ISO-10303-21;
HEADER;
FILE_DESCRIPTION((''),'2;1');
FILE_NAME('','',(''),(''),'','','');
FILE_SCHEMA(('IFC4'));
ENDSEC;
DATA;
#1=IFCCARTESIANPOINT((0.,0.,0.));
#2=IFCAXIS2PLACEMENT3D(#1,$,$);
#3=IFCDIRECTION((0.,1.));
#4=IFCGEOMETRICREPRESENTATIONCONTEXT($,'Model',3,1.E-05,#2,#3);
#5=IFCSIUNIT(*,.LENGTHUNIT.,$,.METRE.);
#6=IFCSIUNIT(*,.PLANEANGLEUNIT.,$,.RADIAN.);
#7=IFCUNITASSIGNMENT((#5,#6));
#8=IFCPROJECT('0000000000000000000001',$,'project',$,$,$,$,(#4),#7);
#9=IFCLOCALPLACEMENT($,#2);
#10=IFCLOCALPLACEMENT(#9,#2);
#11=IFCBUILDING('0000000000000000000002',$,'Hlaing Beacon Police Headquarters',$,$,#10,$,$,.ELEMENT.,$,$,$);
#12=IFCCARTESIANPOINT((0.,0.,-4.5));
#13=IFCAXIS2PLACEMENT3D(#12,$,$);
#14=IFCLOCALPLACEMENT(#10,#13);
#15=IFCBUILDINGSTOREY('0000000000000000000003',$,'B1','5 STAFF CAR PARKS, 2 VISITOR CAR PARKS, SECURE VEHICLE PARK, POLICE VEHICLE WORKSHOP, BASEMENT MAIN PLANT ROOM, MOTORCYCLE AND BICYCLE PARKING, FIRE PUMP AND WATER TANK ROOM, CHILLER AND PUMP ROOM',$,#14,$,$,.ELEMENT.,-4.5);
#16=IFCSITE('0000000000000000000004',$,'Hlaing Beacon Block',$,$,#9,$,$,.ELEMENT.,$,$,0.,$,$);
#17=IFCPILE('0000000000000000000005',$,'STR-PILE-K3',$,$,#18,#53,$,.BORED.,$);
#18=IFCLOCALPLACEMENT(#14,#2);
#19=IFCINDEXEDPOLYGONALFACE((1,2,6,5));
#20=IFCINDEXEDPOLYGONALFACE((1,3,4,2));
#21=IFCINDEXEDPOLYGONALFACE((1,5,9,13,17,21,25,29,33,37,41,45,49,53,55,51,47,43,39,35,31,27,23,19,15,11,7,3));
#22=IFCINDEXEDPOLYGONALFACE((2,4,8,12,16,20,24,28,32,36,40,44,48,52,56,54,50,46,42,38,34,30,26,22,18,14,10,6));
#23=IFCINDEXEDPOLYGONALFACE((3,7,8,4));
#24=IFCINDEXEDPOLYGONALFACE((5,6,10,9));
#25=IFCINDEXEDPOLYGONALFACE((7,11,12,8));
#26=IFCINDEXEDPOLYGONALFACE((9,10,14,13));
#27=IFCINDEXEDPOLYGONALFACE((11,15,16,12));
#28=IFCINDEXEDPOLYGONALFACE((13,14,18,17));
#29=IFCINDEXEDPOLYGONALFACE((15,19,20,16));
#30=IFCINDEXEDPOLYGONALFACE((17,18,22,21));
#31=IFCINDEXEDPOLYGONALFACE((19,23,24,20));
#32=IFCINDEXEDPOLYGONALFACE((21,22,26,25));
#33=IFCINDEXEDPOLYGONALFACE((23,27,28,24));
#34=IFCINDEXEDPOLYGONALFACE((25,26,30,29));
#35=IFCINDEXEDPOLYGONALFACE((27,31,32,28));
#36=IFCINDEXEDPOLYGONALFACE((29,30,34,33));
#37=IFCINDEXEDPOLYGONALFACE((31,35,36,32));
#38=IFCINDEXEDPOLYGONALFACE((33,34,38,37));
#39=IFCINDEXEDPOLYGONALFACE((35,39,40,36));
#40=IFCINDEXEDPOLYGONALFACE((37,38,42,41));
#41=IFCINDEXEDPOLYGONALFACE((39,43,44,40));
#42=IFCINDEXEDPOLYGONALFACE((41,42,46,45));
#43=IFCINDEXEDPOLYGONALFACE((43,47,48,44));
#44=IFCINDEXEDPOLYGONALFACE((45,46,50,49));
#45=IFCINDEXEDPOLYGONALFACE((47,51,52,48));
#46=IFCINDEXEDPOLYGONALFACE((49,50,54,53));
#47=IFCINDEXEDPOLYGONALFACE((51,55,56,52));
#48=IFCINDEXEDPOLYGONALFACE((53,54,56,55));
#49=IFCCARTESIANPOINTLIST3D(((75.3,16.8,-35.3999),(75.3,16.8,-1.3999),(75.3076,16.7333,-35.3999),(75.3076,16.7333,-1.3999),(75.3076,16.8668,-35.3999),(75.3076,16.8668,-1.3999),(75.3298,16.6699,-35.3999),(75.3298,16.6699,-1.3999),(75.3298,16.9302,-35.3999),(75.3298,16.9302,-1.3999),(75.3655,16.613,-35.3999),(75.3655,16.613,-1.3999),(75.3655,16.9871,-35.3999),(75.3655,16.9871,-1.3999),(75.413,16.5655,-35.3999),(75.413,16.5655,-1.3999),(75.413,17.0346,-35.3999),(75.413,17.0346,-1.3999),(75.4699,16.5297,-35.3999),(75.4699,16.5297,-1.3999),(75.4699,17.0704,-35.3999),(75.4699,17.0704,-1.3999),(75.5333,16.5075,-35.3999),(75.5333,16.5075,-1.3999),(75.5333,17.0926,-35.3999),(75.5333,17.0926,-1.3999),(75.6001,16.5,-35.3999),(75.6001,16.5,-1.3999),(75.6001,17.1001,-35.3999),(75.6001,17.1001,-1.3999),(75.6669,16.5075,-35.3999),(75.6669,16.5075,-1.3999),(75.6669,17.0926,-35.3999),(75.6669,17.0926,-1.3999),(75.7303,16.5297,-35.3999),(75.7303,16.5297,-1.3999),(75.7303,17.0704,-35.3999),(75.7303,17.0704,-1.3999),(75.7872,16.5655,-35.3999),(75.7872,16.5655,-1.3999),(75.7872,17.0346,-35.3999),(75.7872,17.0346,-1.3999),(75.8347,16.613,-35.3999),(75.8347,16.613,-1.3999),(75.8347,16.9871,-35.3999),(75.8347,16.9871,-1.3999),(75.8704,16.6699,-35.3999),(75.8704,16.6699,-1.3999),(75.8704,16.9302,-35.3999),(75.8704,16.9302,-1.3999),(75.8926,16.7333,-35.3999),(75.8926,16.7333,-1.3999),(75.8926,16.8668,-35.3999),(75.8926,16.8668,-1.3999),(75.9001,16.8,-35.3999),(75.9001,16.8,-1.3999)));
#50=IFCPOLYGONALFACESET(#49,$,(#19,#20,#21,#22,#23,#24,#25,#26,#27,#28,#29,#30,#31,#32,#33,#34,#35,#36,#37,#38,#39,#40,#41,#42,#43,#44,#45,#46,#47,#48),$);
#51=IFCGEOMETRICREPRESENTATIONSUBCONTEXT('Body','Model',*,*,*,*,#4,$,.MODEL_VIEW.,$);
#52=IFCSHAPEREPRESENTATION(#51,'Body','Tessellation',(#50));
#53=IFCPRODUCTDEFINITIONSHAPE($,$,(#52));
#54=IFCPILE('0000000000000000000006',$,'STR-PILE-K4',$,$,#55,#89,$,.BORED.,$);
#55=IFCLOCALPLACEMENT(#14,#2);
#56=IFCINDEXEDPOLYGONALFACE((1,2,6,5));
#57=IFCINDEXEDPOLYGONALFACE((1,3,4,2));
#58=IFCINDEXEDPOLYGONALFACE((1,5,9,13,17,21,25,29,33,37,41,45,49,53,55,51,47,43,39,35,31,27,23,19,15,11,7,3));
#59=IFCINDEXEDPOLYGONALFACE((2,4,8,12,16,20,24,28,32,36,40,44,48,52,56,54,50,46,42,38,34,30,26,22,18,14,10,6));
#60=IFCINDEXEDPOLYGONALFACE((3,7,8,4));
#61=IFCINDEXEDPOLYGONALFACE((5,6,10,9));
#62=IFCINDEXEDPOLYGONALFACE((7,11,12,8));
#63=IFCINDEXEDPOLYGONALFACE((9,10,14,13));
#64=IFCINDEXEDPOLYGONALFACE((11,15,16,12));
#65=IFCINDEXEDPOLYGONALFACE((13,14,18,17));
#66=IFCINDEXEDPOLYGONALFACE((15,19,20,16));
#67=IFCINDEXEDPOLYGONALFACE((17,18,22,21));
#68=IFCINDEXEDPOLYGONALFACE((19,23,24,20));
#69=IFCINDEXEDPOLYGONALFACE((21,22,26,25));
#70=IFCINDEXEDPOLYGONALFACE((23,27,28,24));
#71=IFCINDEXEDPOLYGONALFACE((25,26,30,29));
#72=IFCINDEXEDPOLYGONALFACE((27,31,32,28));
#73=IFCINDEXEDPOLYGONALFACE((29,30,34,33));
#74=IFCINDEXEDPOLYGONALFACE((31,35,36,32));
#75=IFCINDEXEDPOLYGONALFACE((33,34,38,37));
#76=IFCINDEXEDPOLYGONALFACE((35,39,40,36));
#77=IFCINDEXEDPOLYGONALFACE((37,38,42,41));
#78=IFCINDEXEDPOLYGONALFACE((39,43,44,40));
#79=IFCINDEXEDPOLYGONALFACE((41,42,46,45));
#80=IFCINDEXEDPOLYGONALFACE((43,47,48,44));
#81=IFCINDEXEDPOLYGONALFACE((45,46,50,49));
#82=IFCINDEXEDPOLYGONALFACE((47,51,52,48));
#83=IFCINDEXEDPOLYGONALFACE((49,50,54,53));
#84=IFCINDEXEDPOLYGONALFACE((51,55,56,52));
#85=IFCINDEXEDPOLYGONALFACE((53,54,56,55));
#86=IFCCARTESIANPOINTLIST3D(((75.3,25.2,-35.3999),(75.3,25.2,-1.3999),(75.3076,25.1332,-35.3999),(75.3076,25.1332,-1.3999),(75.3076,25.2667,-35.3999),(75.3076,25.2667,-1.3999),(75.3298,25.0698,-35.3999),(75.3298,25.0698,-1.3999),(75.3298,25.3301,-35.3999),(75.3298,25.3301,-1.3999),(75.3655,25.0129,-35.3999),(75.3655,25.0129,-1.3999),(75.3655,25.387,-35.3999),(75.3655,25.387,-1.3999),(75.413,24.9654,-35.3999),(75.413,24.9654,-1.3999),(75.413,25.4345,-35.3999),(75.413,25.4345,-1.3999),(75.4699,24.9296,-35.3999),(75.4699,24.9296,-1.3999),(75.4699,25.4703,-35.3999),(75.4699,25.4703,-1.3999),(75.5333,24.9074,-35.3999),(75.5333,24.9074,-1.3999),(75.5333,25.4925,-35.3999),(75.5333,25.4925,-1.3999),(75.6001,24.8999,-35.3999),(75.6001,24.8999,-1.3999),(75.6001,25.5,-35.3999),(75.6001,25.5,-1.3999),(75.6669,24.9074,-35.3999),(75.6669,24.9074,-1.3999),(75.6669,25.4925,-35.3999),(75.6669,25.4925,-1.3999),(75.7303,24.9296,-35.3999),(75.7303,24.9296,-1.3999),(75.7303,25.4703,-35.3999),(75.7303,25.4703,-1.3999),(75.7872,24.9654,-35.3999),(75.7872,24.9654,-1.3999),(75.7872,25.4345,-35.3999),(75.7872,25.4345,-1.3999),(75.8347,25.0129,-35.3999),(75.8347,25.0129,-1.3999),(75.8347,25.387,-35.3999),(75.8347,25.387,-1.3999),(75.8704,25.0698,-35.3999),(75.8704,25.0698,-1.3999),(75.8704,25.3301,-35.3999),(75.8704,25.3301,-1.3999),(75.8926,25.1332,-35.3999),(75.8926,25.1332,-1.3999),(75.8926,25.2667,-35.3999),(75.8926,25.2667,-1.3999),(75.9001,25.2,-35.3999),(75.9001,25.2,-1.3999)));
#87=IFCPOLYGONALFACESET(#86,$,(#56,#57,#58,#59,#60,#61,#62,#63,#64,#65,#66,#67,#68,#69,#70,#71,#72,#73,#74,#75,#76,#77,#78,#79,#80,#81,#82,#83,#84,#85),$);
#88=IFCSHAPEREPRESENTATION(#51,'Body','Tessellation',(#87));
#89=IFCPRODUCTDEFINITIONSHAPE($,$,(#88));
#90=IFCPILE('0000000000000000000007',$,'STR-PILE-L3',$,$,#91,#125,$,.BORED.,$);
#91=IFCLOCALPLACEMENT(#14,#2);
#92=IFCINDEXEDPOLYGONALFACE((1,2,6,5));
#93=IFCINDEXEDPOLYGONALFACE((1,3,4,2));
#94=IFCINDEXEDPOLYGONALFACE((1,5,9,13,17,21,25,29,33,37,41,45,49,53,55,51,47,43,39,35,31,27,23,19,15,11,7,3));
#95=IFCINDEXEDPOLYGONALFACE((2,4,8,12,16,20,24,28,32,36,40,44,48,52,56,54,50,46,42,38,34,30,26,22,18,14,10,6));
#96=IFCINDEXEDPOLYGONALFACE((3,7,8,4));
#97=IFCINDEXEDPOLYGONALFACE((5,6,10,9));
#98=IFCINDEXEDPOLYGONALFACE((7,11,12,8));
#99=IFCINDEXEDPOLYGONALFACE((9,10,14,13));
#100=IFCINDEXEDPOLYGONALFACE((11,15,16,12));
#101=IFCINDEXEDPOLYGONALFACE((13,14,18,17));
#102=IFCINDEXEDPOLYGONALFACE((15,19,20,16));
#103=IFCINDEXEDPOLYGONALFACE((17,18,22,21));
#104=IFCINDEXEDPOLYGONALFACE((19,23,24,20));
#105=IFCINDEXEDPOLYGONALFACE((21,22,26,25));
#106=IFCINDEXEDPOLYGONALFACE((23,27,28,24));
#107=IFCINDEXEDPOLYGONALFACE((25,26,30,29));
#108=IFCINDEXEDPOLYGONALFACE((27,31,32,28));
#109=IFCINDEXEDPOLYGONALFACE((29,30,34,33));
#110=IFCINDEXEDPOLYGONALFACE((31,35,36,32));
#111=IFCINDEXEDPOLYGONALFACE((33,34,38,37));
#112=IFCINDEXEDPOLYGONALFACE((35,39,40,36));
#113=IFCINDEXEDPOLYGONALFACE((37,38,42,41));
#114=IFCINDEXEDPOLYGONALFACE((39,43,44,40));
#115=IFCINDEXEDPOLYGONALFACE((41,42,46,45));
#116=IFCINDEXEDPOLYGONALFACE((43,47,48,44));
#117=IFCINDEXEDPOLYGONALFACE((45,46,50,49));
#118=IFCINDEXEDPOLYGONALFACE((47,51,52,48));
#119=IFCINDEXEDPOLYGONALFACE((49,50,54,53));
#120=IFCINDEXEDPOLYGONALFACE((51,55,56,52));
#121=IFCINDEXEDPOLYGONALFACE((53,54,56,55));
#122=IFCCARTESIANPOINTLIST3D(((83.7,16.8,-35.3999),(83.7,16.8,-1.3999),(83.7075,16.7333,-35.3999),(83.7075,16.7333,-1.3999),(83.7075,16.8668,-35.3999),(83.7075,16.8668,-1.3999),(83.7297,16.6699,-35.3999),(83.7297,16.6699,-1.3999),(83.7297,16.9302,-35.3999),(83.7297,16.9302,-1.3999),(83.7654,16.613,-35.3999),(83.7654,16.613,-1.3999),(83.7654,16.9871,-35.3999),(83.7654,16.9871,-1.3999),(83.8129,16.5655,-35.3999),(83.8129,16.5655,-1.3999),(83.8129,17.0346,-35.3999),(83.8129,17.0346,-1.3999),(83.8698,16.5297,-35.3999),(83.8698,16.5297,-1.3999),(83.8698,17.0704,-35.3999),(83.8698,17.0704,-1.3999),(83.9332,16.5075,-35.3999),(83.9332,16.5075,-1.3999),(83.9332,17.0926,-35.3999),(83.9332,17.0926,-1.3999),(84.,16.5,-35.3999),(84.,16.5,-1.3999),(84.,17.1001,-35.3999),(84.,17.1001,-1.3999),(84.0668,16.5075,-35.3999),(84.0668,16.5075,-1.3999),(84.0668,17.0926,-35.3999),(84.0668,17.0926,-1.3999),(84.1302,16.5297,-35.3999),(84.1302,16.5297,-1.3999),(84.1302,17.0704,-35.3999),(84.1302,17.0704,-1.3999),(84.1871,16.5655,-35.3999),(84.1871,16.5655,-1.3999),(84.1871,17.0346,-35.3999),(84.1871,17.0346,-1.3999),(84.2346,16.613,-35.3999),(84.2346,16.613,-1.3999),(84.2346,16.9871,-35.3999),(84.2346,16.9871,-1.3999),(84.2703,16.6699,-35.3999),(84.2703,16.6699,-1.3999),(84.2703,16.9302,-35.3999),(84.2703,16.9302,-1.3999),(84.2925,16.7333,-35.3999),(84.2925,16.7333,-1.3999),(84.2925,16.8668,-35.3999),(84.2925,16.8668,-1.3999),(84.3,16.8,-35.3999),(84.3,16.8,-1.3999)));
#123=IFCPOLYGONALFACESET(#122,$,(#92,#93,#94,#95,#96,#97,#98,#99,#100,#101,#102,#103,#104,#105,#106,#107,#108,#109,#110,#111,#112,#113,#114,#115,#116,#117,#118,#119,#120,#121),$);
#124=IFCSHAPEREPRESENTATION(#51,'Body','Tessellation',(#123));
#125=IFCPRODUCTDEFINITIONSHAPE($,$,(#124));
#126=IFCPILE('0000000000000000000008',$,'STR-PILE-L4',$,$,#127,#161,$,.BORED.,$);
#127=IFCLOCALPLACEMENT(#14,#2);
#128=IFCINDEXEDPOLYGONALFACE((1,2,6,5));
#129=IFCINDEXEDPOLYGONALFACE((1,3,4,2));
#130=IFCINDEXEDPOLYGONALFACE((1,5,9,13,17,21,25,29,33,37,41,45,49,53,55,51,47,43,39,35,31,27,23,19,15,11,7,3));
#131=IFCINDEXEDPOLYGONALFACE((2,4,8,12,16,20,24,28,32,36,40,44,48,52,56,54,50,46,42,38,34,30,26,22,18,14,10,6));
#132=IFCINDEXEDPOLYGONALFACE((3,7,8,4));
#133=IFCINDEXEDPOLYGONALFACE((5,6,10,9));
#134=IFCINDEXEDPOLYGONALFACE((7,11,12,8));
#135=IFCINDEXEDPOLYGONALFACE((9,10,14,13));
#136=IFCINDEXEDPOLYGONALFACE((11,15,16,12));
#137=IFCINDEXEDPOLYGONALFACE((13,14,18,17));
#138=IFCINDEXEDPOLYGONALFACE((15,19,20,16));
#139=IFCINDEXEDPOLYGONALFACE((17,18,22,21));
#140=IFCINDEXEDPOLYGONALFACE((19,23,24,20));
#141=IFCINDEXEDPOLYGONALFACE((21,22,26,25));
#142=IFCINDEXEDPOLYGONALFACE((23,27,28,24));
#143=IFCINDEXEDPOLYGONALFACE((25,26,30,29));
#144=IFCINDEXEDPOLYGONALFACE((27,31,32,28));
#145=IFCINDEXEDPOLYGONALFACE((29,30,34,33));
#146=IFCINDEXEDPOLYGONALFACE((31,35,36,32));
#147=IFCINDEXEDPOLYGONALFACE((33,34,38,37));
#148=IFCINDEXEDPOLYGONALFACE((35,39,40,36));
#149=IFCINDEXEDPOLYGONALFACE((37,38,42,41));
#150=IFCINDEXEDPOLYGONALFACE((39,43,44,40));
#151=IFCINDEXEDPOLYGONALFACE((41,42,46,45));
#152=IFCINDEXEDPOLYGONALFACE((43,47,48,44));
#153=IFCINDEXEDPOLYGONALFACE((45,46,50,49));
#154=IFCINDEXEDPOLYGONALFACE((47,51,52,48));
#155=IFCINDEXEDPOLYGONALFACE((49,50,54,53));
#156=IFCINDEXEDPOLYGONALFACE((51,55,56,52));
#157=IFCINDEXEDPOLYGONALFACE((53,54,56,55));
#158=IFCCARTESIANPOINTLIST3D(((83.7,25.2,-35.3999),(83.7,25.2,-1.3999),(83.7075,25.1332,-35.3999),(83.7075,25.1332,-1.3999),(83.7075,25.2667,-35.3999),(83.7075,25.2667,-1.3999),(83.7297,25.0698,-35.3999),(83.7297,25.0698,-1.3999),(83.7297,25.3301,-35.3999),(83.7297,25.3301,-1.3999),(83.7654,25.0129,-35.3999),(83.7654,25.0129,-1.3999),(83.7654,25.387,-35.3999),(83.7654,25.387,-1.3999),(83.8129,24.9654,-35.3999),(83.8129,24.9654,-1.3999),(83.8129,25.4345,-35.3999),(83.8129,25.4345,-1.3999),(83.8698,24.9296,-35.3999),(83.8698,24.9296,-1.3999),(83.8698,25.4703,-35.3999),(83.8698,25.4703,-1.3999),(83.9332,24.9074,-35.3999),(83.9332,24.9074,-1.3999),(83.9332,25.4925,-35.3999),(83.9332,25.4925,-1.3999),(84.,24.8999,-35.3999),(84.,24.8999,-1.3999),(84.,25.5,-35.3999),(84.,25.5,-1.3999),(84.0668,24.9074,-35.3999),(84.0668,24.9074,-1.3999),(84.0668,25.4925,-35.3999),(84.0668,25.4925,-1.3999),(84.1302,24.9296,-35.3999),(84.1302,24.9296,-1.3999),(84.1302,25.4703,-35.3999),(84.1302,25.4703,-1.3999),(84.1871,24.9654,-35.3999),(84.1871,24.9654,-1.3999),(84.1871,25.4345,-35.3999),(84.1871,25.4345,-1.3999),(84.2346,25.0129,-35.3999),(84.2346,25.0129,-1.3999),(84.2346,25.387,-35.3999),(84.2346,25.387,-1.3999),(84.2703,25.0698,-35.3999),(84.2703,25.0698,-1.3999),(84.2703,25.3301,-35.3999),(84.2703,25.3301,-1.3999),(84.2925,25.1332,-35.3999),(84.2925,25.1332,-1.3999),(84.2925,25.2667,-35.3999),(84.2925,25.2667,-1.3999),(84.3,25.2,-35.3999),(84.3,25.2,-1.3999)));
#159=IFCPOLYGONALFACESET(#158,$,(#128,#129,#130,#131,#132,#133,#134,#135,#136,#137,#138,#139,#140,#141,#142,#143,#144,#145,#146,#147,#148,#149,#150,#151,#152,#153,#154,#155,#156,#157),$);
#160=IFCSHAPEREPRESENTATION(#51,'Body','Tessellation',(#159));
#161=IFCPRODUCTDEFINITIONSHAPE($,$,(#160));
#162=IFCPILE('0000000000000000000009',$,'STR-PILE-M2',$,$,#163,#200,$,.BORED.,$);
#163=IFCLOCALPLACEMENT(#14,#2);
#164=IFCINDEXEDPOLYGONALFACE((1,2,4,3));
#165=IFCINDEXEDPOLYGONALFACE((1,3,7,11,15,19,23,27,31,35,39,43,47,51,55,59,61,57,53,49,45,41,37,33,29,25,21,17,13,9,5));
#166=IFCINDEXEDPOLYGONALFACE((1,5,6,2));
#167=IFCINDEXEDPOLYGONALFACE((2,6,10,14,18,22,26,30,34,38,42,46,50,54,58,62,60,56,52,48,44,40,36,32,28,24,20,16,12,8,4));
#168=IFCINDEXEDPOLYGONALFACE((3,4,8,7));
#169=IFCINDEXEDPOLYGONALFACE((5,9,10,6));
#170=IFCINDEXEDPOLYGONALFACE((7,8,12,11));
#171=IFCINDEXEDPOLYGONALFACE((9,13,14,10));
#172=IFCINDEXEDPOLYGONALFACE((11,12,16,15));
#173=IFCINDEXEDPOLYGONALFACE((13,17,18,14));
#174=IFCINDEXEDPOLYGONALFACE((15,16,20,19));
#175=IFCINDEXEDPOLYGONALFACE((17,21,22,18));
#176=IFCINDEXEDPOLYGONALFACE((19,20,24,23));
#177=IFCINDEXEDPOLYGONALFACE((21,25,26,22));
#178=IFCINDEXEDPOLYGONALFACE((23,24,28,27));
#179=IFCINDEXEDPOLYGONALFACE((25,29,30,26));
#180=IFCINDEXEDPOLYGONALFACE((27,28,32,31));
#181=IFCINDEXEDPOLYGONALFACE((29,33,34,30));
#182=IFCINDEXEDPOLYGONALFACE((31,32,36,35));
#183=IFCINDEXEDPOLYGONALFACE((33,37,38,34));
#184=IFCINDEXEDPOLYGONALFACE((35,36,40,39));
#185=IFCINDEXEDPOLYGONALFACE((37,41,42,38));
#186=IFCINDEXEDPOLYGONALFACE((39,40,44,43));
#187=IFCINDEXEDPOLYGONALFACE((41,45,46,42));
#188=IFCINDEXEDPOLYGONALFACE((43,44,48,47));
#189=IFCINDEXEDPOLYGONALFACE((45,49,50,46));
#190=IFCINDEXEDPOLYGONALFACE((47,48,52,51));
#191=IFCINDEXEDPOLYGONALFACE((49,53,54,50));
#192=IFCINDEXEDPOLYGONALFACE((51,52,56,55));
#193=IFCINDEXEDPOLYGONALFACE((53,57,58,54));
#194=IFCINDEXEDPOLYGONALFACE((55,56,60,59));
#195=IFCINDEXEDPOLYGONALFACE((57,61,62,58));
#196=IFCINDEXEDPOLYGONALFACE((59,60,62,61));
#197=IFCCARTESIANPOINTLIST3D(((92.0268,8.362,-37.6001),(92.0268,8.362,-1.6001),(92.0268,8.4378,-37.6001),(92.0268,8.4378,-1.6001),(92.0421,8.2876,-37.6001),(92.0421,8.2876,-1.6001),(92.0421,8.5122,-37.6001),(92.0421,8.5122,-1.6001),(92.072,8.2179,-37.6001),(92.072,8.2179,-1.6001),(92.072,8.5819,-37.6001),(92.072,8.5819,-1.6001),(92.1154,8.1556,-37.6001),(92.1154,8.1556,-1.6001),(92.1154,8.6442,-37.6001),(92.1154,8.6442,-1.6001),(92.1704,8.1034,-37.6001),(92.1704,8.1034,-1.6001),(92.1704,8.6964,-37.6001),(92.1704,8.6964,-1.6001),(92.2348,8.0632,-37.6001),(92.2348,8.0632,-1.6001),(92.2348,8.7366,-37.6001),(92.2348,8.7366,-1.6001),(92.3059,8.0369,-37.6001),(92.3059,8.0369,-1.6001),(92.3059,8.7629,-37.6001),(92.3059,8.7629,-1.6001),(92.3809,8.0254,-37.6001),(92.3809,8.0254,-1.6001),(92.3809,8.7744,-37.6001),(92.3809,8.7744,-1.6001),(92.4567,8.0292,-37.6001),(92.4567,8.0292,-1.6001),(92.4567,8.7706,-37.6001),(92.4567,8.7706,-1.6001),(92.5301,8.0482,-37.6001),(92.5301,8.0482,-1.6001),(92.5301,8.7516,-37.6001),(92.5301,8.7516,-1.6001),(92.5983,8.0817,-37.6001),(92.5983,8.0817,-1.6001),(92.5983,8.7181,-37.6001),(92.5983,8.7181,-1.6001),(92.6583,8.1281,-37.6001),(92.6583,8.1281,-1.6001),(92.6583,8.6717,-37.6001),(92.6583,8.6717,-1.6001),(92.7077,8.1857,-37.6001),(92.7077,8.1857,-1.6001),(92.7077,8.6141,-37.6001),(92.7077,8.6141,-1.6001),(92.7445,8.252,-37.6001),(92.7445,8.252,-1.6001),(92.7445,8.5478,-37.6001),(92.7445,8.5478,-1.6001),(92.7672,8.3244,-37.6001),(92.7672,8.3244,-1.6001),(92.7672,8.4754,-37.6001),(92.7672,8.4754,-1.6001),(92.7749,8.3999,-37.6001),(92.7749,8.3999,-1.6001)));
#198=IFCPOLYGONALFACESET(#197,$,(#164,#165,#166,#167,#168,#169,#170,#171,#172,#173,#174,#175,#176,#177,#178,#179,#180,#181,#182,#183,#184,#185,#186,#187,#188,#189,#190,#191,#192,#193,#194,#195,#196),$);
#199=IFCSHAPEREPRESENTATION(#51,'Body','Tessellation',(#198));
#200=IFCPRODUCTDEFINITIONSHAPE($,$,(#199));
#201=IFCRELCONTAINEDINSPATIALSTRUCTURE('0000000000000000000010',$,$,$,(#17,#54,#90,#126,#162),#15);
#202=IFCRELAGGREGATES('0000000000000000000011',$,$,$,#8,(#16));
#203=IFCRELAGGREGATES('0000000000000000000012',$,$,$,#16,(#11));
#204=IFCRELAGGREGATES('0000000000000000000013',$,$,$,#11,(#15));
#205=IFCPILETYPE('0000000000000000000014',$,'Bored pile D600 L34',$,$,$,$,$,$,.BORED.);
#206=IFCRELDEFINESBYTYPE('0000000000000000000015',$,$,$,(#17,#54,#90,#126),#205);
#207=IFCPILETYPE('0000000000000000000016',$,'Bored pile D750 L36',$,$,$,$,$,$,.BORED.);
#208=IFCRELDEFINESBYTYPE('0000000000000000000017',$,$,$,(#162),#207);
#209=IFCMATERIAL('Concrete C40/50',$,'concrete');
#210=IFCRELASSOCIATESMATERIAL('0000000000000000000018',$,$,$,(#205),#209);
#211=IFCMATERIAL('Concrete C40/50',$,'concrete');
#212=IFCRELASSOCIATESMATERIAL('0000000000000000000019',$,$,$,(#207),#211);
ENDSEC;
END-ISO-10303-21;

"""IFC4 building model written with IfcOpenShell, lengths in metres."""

from ifc_helpers import new_model, si_unit, direction, frame, origin, origin_2d, place, context, subcontext, project, spatial, circle, extrude, material, material_profile, profile_set, type_object, element, save


model = new_model("IFC4")

# Units and contexts
model_context = context("Model", 3, precision=1e-05, world=origin(), true_north=direction((0.0, 1.0)))
body_context = subcontext(model_context, "Body", "Model", "MODEL_VIEW")
ifc_project = project(units=[si_unit("LENGTHUNIT", "METRE"), si_unit("PLANEANGLEUNIT", "RADIAN")], contexts=[model_context])

# Site, building, storey
site_placement = place(None, origin())
site = spatial("IfcSite", under=ifc_project, at=site_placement, Name="Hlaing Beacon Block", CompositionType="ELEMENT", RefElevation=0.0)
building_placement = place(site_placement, origin())
building = spatial("IfcBuilding", under=site, at=building_placement, Name="Hlaing Beacon Police Headquarters", CompositionType="ELEMENT")
storey_placement = place(building_placement, frame((0.0, 0.0, -4.5)))
storey = spatial("IfcBuildingStorey", under=building, at=storey_placement, Name="B1", Description="5 STAFF CAR PARKS, 2 VISITOR CAR PARKS, SECURE VEHICLE PARK, POLICE VEHICLE WORKSHOP, BASEMENT MAIN PLANT ROOM, MOTORCYCLE AND BICYCLE PARKING, FIRE PUMP AND WATER TANK ROOM, CHILLER AND PUMP ROOM", CompositionType="ELEMENT", Elevation=-4.5)

# Piles
ifc_material_1 = material(Name="Concrete C40/50", Category="concrete")
ifc_material_profile_1 = material_profile(ifc_material_1, circle(Radius=0.3, at=origin_2d()), Name="D600")
ifc_profile_set_1 = profile_set([ifc_material_profile_1], Name="Concrete C40/50")
pile_type_1 = type_object("IfcPileType", Name="Bored pile D600 L34", PredefinedType="BORED", material=ifc_profile_set_1)
for number, where, z_axis, x_axis, name in (
    (1, (75.6001, 16.8, -1.3999), (0.0, 0.0, -1.0), (1.0, 0.0, 0.0), "STR-PILE-K3"),
    (2, (75.6001, 25.2, -1.3999), (0.0, 0.0, -1.0), (1.0, 0.0, 0.0), "STR-PILE-K4"),
    (3, (84.0, 16.8, -1.3999), (0.0, 0.0, -1.0), (1.0, 0.0, 0.0), "STR-PILE-L3"),
    (4, (84.0, 25.2, -1.3999), (0.0, 0.0, -1.0), (1.0, 0.0, 0.0), "STR-PILE-L4"),
):
    element("IfcPile", number, at=place(storey_placement, frame(where, z_axis=z_axis, x_axis=x_axis)), inside=storey, type_object=pile_type_1, Name=name, PredefinedType="BORED", context=body_context, shape_type="SweptSolid", body=[
        extrude(circle(Radius=0.3, at=origin_2d()), origin(), (0.0, 0.0, 1.0), 34.0),
    ])
ifc_material_2 = material(Name="Concrete C40/50", Category="concrete")
ifc_material_profile_2 = material_profile(ifc_material_2, circle(Radius=0.375, at=origin_2d()), Name="D750")
ifc_profile_set_2 = profile_set([ifc_material_profile_2], Name="Concrete C40/50")
pile_type_2 = type_object("IfcPileType", Name="Bored pile D750 L36", PredefinedType="BORED", material=ifc_profile_set_2)
for number, where, z_axis, x_axis, name in (
    (5, (92.3999, 8.3999, -1.6001), (0.0, 0.0, -1.0), (1.0, 0.0, 0.0), "STR-PILE-M2"),
):
    element("IfcPile", number, at=place(storey_placement, frame(where, z_axis=z_axis, x_axis=x_axis)), inside=storey, type_object=pile_type_2, Name=name, PredefinedType="BORED", context=body_context, shape_type="SweptSolid", body=[
        extrude(circle(Radius=0.375, at=origin_2d()), origin(), (0.0, 0.0, 1.0), 36.0),
    ])

save(model, "model.ifc")
